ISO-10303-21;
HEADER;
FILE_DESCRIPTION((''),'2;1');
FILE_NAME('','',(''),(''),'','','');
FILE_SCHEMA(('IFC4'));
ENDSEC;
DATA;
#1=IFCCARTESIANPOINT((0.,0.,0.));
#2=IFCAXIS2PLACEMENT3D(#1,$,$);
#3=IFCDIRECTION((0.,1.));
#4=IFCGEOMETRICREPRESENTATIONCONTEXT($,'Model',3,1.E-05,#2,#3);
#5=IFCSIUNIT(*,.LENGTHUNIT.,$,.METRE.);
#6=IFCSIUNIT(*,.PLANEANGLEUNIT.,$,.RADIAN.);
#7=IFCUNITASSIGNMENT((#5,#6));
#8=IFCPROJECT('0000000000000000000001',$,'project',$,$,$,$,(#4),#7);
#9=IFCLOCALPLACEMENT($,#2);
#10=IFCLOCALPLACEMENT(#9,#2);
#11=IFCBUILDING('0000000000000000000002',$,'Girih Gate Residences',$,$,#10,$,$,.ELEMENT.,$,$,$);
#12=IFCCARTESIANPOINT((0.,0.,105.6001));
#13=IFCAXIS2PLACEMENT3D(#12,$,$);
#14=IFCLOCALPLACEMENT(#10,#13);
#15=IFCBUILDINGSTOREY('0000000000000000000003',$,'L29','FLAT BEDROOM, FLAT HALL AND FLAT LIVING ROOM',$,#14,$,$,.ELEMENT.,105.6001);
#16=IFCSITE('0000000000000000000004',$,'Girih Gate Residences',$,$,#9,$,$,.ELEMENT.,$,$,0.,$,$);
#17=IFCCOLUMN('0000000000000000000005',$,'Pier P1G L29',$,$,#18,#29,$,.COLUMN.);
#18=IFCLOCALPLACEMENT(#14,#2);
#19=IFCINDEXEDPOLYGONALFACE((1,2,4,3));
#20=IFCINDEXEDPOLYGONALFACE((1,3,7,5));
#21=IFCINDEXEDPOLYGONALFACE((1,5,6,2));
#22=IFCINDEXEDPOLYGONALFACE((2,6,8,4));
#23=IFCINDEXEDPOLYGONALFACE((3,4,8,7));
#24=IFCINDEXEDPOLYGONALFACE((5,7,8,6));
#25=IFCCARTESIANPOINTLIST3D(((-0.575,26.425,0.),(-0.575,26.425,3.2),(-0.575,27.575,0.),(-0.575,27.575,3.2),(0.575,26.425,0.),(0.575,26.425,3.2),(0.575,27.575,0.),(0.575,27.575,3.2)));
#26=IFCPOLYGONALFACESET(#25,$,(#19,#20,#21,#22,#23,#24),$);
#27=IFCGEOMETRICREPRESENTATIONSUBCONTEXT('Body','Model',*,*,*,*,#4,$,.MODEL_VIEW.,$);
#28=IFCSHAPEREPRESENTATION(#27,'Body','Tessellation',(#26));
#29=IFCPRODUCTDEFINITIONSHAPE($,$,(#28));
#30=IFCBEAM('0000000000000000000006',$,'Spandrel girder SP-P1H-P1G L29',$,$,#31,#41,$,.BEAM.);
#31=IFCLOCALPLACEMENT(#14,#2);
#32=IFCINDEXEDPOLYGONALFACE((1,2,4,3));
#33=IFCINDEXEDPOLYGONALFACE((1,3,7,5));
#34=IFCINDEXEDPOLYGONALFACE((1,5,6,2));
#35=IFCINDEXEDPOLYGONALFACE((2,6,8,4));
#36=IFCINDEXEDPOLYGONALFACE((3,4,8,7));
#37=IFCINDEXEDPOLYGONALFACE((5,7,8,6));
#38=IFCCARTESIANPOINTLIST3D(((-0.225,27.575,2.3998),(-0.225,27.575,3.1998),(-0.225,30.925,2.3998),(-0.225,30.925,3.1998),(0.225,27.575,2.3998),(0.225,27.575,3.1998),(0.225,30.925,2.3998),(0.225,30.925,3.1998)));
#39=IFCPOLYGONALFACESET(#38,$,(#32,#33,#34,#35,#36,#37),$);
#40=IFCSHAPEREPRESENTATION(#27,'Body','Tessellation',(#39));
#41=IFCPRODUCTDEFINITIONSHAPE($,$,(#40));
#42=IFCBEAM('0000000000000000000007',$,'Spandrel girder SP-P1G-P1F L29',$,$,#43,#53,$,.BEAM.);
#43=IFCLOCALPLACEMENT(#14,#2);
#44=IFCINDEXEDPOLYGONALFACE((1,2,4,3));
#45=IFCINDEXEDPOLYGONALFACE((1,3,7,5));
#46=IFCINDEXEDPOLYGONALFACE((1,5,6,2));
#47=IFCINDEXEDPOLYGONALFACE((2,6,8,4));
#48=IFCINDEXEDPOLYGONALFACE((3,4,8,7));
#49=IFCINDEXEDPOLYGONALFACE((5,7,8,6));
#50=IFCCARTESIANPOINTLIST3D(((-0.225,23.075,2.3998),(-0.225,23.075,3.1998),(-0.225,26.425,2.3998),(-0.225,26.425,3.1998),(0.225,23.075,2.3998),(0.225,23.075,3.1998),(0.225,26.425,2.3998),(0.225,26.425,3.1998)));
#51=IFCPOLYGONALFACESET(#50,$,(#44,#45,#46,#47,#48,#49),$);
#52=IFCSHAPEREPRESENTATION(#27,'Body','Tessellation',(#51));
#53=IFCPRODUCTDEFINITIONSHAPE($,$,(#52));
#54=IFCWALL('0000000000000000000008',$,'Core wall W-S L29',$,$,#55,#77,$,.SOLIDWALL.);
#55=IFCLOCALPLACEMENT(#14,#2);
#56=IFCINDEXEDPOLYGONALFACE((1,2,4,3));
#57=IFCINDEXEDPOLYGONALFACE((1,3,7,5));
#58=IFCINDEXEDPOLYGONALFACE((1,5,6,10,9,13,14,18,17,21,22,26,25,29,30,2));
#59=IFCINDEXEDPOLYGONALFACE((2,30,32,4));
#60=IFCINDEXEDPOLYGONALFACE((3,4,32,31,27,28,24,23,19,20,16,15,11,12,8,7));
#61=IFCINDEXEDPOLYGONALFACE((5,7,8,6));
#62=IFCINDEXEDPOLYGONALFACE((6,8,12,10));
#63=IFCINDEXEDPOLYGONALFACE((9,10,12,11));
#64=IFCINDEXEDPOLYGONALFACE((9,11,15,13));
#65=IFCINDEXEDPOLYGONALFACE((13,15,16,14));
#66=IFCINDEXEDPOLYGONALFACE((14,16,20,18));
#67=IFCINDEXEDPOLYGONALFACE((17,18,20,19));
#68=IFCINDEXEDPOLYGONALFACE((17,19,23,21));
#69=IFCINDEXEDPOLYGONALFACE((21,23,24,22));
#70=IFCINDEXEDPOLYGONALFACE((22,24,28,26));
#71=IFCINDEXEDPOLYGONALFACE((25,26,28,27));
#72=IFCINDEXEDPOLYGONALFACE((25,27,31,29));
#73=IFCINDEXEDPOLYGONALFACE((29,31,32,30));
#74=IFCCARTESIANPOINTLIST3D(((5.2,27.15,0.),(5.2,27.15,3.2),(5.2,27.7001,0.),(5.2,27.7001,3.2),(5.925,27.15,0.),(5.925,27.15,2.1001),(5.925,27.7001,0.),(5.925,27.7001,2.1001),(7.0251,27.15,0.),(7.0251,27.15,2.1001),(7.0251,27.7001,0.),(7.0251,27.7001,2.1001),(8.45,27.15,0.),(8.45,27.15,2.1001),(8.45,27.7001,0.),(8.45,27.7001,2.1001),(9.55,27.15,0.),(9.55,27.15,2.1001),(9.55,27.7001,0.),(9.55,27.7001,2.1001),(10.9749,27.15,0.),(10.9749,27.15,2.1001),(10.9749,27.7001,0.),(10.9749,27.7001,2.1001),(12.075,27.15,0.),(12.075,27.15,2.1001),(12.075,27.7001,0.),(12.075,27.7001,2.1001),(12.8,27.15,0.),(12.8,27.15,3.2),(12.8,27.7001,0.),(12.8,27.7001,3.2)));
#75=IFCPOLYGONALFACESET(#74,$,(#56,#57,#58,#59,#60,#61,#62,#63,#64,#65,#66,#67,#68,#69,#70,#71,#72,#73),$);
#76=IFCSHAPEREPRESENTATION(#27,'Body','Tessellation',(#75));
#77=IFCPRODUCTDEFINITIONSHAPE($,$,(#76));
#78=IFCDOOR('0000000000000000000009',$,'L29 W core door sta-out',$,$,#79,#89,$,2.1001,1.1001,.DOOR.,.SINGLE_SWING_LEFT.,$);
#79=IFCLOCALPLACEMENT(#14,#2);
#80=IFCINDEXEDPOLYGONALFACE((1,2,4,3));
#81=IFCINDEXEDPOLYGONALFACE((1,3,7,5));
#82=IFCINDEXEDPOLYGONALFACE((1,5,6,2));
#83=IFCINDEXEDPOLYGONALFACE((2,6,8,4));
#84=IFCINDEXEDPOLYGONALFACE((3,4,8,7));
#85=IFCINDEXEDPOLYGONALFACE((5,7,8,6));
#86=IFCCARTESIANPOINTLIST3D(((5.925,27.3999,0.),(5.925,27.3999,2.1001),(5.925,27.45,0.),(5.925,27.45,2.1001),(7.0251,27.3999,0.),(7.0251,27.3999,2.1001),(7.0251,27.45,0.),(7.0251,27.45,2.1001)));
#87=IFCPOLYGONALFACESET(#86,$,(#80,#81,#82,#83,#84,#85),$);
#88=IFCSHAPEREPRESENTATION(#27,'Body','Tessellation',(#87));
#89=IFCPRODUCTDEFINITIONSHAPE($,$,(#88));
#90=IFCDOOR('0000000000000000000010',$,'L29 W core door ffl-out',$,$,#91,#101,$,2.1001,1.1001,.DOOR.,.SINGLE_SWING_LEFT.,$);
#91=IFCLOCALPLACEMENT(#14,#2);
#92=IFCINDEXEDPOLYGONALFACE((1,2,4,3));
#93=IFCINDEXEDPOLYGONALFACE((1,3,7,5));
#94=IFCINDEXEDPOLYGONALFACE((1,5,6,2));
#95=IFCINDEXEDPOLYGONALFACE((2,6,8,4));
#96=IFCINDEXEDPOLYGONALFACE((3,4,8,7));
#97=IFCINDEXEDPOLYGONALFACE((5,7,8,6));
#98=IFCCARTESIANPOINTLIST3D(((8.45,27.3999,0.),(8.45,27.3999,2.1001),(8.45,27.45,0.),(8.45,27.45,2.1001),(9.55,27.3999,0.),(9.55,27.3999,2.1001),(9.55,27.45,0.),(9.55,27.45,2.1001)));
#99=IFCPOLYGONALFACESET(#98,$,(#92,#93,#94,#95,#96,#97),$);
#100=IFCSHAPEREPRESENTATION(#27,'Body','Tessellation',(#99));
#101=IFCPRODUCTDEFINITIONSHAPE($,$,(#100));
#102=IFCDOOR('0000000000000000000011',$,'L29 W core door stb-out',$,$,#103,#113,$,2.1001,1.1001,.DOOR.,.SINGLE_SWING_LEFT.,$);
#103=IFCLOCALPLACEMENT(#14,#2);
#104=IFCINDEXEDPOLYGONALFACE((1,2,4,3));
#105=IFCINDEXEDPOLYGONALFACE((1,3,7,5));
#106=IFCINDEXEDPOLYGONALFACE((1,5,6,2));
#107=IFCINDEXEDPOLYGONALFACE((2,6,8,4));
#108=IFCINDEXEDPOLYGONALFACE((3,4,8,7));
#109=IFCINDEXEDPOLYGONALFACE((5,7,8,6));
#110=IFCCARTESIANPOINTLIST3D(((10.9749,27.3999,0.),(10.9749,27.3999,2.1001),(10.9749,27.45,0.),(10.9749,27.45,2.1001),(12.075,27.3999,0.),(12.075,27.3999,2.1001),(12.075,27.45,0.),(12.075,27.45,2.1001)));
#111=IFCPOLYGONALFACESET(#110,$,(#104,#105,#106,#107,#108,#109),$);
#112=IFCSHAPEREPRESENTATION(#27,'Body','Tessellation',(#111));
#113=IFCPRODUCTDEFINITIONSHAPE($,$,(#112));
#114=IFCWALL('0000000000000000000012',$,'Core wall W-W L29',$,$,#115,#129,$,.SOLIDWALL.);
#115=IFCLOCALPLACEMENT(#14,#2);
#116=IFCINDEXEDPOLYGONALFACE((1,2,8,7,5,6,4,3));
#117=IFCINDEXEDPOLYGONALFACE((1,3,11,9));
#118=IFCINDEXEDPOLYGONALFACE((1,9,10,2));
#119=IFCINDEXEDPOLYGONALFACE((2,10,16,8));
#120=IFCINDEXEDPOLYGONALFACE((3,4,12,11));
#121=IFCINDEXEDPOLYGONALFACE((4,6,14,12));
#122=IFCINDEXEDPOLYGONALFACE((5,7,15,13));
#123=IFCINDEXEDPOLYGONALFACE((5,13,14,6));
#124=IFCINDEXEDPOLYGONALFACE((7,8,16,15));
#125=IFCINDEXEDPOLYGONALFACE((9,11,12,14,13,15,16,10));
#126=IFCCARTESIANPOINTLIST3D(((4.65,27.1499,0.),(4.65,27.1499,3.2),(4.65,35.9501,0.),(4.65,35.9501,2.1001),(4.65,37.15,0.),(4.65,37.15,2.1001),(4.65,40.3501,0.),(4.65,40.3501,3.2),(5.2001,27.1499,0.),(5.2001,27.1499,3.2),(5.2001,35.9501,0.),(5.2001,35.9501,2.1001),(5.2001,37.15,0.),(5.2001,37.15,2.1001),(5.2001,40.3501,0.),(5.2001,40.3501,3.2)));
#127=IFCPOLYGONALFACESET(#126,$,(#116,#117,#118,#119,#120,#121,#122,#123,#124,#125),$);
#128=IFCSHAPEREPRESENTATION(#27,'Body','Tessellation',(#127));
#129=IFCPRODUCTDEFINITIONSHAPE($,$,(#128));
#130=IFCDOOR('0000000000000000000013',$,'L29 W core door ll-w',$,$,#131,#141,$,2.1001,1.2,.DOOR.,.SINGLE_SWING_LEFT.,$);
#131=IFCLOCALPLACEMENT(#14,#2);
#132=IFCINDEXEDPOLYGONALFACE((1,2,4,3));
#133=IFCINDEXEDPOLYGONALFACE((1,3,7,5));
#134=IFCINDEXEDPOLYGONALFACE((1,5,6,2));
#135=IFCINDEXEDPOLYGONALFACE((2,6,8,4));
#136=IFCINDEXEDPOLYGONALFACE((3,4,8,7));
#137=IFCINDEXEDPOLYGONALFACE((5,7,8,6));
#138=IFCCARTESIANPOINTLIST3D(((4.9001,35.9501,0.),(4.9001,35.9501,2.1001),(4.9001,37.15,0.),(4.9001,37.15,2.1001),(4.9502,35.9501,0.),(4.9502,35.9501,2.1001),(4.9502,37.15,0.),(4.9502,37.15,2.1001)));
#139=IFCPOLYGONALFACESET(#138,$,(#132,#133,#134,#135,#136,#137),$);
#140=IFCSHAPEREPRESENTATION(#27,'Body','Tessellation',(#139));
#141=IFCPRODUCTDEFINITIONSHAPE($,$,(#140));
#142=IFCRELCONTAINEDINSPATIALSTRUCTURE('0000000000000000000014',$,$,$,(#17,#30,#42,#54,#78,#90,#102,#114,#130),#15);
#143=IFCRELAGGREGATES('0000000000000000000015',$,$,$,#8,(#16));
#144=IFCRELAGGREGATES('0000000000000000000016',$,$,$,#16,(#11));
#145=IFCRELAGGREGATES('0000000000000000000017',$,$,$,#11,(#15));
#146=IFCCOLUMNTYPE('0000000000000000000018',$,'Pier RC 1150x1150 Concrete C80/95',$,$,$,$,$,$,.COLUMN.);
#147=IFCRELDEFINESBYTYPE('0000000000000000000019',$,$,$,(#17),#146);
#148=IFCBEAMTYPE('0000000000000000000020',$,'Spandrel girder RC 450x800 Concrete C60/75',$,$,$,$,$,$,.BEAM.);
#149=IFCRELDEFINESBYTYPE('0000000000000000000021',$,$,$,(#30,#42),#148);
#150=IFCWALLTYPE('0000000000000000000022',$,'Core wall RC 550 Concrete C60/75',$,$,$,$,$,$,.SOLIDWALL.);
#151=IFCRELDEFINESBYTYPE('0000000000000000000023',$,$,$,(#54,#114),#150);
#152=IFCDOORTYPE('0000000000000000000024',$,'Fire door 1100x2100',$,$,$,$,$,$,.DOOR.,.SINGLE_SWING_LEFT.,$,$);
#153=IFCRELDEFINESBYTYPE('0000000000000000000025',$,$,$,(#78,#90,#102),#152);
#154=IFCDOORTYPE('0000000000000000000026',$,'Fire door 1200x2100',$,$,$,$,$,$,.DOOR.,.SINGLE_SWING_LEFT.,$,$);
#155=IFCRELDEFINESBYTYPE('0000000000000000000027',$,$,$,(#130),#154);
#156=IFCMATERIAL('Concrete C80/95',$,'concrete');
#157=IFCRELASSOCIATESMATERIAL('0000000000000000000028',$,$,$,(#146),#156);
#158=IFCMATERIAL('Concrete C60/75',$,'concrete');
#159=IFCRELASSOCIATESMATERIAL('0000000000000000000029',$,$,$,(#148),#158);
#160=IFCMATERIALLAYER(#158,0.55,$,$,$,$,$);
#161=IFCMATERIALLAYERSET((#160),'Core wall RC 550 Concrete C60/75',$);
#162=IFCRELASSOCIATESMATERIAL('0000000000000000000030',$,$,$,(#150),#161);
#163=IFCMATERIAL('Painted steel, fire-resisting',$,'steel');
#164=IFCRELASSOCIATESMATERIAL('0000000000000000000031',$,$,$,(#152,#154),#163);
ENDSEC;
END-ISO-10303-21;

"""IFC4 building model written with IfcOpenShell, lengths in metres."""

from ifc_helpers import new_model, si_unit, direction, frame, frame_2d, origin, origin_2d, place, context, subcontext, project, spatial, rectangle, extrude, material, layer, layer_set, material_profile, profile_set, type_object, element, fill, save


model = new_model("IFC4")

# Units and contexts
model_context = context("Model", 3, precision=1e-05, world=origin(), true_north=direction((0.0, 1.0)))
body_context = subcontext(model_context, "Body", "Model", "MODEL_VIEW")
ifc_project = project(units=[si_unit("LENGTHUNIT", "METRE"), si_unit("PLANEANGLEUNIT", "RADIAN")], contexts=[model_context])

# Site, building, storey
site_placement = place(None, origin())
site = spatial("IfcSite", under=ifc_project, at=site_placement, Name="Girih Gate Residences", CompositionType="ELEMENT", RefElevation=0.0)
building_placement = place(site_placement, origin())
building = spatial("IfcBuilding", under=site, at=building_placement, Name="Girih Gate Residences", CompositionType="ELEMENT")
storey_placement = place(building_placement, frame((0.0, 0.0, 105.6001)))
storey = spatial("IfcBuildingStorey", under=building, at=storey_placement, Name="L29", Description="FLAT BEDROOM, FLAT HALL AND FLAT LIVING ROOM", CompositionType="ELEMENT", Elevation=105.6001)

# Column
ifc_material_1 = material(Name="Concrete C80/95", Category="concrete")
ifc_material_profile_1 = material_profile(ifc_material_1, rectangle(XDim=1.1499, YDim=1.1499, at=origin_2d()))
ifc_profile_set_1 = profile_set([ifc_material_profile_1], Name="Concrete C80/95")
column_type = type_object("IfcColumnType", Name="Pier RC 1150x1150 Concrete C80/95", PredefinedType="COLUMN", material=ifc_profile_set_1)
column_placement = place(storey_placement, frame((0.0, 27.0, 0.0), z_axis=(0.0, 0.0, 1.0), x_axis=(1.0, 0.0, 0.0)))
element("IfcColumn", 1, at=column_placement, inside=storey, type_object=column_type, Name="Pier P1G L29", PredefinedType="COLUMN", context=body_context, shape_type="SweptSolid", body=[
    extrude(rectangle(XDim=1.1499, YDim=1.1499, at=origin_2d()), origin(), (0.0, 0.0, 1.0), 3.2),
])

# Beams
ifc_material_2 = material(Name="Concrete C60/75", Category="concrete")
ifc_material_profile_2 = material_profile(ifc_material_2, rectangle(XDim=0.45, YDim=0.8, at=origin_2d()))
ifc_profile_set_2 = profile_set([ifc_material_profile_2], Name="Concrete C60/75")
beam_type = type_object("IfcBeamType", Name="Spandrel girder RC 450x800 Concrete C60/75", PredefinedType="BEAM", material=ifc_profile_set_2)
for number, where, z_axis, x_axis, name in (
    (2, (0.0, 30.925, 2.7998), (0.0, -1.0, 0.0), (1.0, 0.0, 0.0), "Spandrel girder SP-P1H-P1G L29"),
    (3, (0.0, 26.425, 2.7998), (0.0, -1.0, 0.0), (1.0, 0.0, 0.0), "Spandrel girder SP-P1G-P1F L29"),
):
    element("IfcBeam", number, at=place(storey_placement, frame(where, z_axis=z_axis, x_axis=x_axis)), inside=storey, type_object=beam_type, Name=name, PredefinedType="BEAM", context=body_context, shape_type="SweptSolid", body=[
        extrude(rectangle(XDim=0.45, YDim=0.8, at=origin_2d()), origin(), (0.0, 0.0, 1.0), 3.3501),
    ])

# Wall, openings, doors
ifc_layer_1 = layer(ifc_material_2, 0.55)
ifc_layer_set_1 = layer_set([ifc_layer_1], Name="Core wall RC 550 Concrete C60/75")
wall_type_1 = type_object("IfcWallType", Name="Core wall RC 550 Concrete C60/75", PredefinedType="SOLIDWALL", material=ifc_layer_set_1)
wall_1_placement = place(storey_placement, frame((5.2, 27.425, 0.0), z_axis=(0.0, 0.0, 1.0), x_axis=(1.0, 0.0, 0.0)))
wall_1 = element("IfcWall", 4, at=wall_1_placement, inside=storey, type_object=wall_type_1, Name="Core wall W-S L29", PredefinedType="SOLIDWALL", context=body_context, shape_type="SweptSolid", body=[
    extrude(rectangle(XDim=7.6001, YDim=0.55, at=frame_2d((3.8, 0.0))), origin(), (0.0, 0.0, 1.0), 3.2),
])
opening_1_placement = place(wall_1_placement, frame((0.7251, 0.0, 0.0)))
opening_1 = element("IfcOpeningElement", 5, at=opening_1_placement, cuts=wall_1, PredefinedType="OPENING", context=body_context, shape_type="SweptSolid", body=[
    extrude(rectangle(XDim=1.1001, YDim=2.1001, at=frame_2d((0.55, 1.05))), frame((0.0, 0.2849, 0.0), z_axis=(0.0, -1.0, 0.0), x_axis=(1.0, 0.0, 0.0)), (0.0, 0.0, 1.0), 0.5701),
])
opening_2_placement = place(wall_1_placement, frame((3.25, 0.0, 0.0)))
opening_2 = element("IfcOpeningElement", 6, at=opening_2_placement, cuts=wall_1, PredefinedType="OPENING", context=body_context, shape_type="SweptSolid", body=[
    extrude(rectangle(XDim=1.1001, YDim=2.1001, at=frame_2d((0.55, 1.05))), frame((0.0, 0.2849, 0.0), z_axis=(0.0, -1.0, 0.0), x_axis=(1.0, 0.0, 0.0)), (0.0, 0.0, 1.0), 0.5701),
])
opening_3_placement = place(wall_1_placement, frame((5.7749, 0.0, 0.0)))
opening_3 = element("IfcOpeningElement", 7, at=opening_3_placement, cuts=wall_1, PredefinedType="OPENING", context=body_context, shape_type="SweptSolid", body=[
    extrude(rectangle(XDim=1.1001, YDim=2.1001, at=frame_2d((0.55, 1.05))), frame((0.0, 0.2849, 0.0), z_axis=(0.0, -1.0, 0.0), x_axis=(1.0, 0.0, 0.0)), (0.0, 0.0, 1.0), 0.5701),
])
ifc_material_3 = material(Name="Painted steel, fire-resisting", Category="steel")
door_type_1 = type_object("IfcDoorType", Name="Fire door 1100x2100", OperationType="SINGLE_SWING_LEFT", PredefinedType="DOOR", material=ifc_material_3)
door_1_placement = place(opening_1_placement, origin())
door_1 = element("IfcDoor", 8, at=door_1_placement, inside=storey, type_object=door_type_1, Name="L29 W core door sta-out", OperationType="SINGLE_SWING_LEFT", OverallHeight=2.1001, OverallWidth=1.1001, PredefinedType="DOOR", context=body_context, shape_type="SweptSolid", body=[
    extrude(rectangle(XDim=1.1001, YDim=2.1001, at=frame_2d((0.55, 1.05))), frame((0.0, 0.0249, 0.0), z_axis=(0.0, -1.0, 0.0), x_axis=(1.0, 0.0, 0.0)), (0.0, 0.0, 1.0), 0.05),
])
fill(opening_1, door_1)
door_2_placement = place(opening_2_placement, origin())
door_2 = element("IfcDoor", 9, at=door_2_placement, inside=storey, type_object=door_type_1, Name="L29 W core door ffl-out", OperationType="SINGLE_SWING_LEFT", OverallHeight=2.1001, OverallWidth=1.1001, PredefinedType="DOOR", context=body_context, shape_type="SweptSolid", body=[
    extrude(rectangle(XDim=1.1001, YDim=2.1001, at=frame_2d((0.55, 1.05))), frame((0.0, 0.0249, 0.0), z_axis=(0.0, -1.0, 0.0), x_axis=(1.0, 0.0, 0.0)), (0.0, 0.0, 1.0), 0.05),
])
fill(opening_2, door_2)
door_3_placement = place(opening_3_placement, origin())
door_3 = element("IfcDoor", 10, at=door_3_placement, inside=storey, type_object=door_type_1, Name="L29 W core door stb-out", OperationType="SINGLE_SWING_LEFT", OverallHeight=2.1001, OverallWidth=1.1001, PredefinedType="DOOR", context=body_context, shape_type="SweptSolid", body=[
    extrude(rectangle(XDim=1.1001, YDim=2.1001, at=frame_2d((0.55, 1.05))), frame((0.0, 0.0249, 0.0), z_axis=(0.0, -1.0, 0.0), x_axis=(1.0, 0.0, 0.0)), (0.0, 0.0, 1.0), 0.05),
])
fill(opening_3, door_3)

# Wall, opening, door
wall_2_placement = place(storey_placement, frame((4.925, 27.1499, 0.0), z_axis=(0.0, 0.0, 1.0), x_axis=(0.0, 1.0, 0.0)))
wall_2 = element("IfcWall", 11, at=wall_2_placement, inside=storey, type_object=wall_type_1, Name="Core wall W-W L29", PredefinedType="SOLIDWALL", context=body_context, shape_type="SweptSolid", body=[
    extrude(rectangle(XDim=13.2002, YDim=0.55, at=frame_2d((6.6001, 0.0))), origin(), (0.0, 0.0, 1.0), 3.2),
])
opening_4_placement = place(wall_2_placement, frame((8.8, 0.0, 0.0)))
opening_4 = element("IfcOpeningElement", 12, at=opening_4_placement, cuts=wall_2, PredefinedType="OPENING", context=body_context, shape_type="SweptSolid", body=[
    extrude(rectangle(XDim=1.2, YDim=2.1001, at=frame_2d((0.6001, 1.05))), frame((0.0, 0.2849, 0.0), z_axis=(0.0, -1.0, 0.0), x_axis=(1.0, 0.0, 0.0)), (0.0, 0.0, 1.0), 0.5701),
])
door_type_2 = type_object("IfcDoorType", Name="Fire door 1200x2100", OperationType="SINGLE_SWING_LEFT", PredefinedType="DOOR", material=ifc_material_3)
door_4_placement = place(opening_4_placement, origin())
door_4 = element("IfcDoor", 13, at=door_4_placement, inside=storey, type_object=door_type_2, Name="L29 W core door ll-w", OperationType="SINGLE_SWING_LEFT", OverallHeight=2.1001, OverallWidth=1.2, PredefinedType="DOOR", context=body_context, shape_type="SweptSolid", body=[
    extrude(rectangle(XDim=1.2, YDim=2.1001, at=frame_2d((0.6001, 1.05))), frame((0.0, 0.0249, 0.0), z_axis=(0.0, -1.0, 0.0), x_axis=(1.0, 0.0, 0.0)), (0.0, 0.0, 1.0), 0.05),
])
fill(opening_4, door_4)

save(model, "model.ifc")
